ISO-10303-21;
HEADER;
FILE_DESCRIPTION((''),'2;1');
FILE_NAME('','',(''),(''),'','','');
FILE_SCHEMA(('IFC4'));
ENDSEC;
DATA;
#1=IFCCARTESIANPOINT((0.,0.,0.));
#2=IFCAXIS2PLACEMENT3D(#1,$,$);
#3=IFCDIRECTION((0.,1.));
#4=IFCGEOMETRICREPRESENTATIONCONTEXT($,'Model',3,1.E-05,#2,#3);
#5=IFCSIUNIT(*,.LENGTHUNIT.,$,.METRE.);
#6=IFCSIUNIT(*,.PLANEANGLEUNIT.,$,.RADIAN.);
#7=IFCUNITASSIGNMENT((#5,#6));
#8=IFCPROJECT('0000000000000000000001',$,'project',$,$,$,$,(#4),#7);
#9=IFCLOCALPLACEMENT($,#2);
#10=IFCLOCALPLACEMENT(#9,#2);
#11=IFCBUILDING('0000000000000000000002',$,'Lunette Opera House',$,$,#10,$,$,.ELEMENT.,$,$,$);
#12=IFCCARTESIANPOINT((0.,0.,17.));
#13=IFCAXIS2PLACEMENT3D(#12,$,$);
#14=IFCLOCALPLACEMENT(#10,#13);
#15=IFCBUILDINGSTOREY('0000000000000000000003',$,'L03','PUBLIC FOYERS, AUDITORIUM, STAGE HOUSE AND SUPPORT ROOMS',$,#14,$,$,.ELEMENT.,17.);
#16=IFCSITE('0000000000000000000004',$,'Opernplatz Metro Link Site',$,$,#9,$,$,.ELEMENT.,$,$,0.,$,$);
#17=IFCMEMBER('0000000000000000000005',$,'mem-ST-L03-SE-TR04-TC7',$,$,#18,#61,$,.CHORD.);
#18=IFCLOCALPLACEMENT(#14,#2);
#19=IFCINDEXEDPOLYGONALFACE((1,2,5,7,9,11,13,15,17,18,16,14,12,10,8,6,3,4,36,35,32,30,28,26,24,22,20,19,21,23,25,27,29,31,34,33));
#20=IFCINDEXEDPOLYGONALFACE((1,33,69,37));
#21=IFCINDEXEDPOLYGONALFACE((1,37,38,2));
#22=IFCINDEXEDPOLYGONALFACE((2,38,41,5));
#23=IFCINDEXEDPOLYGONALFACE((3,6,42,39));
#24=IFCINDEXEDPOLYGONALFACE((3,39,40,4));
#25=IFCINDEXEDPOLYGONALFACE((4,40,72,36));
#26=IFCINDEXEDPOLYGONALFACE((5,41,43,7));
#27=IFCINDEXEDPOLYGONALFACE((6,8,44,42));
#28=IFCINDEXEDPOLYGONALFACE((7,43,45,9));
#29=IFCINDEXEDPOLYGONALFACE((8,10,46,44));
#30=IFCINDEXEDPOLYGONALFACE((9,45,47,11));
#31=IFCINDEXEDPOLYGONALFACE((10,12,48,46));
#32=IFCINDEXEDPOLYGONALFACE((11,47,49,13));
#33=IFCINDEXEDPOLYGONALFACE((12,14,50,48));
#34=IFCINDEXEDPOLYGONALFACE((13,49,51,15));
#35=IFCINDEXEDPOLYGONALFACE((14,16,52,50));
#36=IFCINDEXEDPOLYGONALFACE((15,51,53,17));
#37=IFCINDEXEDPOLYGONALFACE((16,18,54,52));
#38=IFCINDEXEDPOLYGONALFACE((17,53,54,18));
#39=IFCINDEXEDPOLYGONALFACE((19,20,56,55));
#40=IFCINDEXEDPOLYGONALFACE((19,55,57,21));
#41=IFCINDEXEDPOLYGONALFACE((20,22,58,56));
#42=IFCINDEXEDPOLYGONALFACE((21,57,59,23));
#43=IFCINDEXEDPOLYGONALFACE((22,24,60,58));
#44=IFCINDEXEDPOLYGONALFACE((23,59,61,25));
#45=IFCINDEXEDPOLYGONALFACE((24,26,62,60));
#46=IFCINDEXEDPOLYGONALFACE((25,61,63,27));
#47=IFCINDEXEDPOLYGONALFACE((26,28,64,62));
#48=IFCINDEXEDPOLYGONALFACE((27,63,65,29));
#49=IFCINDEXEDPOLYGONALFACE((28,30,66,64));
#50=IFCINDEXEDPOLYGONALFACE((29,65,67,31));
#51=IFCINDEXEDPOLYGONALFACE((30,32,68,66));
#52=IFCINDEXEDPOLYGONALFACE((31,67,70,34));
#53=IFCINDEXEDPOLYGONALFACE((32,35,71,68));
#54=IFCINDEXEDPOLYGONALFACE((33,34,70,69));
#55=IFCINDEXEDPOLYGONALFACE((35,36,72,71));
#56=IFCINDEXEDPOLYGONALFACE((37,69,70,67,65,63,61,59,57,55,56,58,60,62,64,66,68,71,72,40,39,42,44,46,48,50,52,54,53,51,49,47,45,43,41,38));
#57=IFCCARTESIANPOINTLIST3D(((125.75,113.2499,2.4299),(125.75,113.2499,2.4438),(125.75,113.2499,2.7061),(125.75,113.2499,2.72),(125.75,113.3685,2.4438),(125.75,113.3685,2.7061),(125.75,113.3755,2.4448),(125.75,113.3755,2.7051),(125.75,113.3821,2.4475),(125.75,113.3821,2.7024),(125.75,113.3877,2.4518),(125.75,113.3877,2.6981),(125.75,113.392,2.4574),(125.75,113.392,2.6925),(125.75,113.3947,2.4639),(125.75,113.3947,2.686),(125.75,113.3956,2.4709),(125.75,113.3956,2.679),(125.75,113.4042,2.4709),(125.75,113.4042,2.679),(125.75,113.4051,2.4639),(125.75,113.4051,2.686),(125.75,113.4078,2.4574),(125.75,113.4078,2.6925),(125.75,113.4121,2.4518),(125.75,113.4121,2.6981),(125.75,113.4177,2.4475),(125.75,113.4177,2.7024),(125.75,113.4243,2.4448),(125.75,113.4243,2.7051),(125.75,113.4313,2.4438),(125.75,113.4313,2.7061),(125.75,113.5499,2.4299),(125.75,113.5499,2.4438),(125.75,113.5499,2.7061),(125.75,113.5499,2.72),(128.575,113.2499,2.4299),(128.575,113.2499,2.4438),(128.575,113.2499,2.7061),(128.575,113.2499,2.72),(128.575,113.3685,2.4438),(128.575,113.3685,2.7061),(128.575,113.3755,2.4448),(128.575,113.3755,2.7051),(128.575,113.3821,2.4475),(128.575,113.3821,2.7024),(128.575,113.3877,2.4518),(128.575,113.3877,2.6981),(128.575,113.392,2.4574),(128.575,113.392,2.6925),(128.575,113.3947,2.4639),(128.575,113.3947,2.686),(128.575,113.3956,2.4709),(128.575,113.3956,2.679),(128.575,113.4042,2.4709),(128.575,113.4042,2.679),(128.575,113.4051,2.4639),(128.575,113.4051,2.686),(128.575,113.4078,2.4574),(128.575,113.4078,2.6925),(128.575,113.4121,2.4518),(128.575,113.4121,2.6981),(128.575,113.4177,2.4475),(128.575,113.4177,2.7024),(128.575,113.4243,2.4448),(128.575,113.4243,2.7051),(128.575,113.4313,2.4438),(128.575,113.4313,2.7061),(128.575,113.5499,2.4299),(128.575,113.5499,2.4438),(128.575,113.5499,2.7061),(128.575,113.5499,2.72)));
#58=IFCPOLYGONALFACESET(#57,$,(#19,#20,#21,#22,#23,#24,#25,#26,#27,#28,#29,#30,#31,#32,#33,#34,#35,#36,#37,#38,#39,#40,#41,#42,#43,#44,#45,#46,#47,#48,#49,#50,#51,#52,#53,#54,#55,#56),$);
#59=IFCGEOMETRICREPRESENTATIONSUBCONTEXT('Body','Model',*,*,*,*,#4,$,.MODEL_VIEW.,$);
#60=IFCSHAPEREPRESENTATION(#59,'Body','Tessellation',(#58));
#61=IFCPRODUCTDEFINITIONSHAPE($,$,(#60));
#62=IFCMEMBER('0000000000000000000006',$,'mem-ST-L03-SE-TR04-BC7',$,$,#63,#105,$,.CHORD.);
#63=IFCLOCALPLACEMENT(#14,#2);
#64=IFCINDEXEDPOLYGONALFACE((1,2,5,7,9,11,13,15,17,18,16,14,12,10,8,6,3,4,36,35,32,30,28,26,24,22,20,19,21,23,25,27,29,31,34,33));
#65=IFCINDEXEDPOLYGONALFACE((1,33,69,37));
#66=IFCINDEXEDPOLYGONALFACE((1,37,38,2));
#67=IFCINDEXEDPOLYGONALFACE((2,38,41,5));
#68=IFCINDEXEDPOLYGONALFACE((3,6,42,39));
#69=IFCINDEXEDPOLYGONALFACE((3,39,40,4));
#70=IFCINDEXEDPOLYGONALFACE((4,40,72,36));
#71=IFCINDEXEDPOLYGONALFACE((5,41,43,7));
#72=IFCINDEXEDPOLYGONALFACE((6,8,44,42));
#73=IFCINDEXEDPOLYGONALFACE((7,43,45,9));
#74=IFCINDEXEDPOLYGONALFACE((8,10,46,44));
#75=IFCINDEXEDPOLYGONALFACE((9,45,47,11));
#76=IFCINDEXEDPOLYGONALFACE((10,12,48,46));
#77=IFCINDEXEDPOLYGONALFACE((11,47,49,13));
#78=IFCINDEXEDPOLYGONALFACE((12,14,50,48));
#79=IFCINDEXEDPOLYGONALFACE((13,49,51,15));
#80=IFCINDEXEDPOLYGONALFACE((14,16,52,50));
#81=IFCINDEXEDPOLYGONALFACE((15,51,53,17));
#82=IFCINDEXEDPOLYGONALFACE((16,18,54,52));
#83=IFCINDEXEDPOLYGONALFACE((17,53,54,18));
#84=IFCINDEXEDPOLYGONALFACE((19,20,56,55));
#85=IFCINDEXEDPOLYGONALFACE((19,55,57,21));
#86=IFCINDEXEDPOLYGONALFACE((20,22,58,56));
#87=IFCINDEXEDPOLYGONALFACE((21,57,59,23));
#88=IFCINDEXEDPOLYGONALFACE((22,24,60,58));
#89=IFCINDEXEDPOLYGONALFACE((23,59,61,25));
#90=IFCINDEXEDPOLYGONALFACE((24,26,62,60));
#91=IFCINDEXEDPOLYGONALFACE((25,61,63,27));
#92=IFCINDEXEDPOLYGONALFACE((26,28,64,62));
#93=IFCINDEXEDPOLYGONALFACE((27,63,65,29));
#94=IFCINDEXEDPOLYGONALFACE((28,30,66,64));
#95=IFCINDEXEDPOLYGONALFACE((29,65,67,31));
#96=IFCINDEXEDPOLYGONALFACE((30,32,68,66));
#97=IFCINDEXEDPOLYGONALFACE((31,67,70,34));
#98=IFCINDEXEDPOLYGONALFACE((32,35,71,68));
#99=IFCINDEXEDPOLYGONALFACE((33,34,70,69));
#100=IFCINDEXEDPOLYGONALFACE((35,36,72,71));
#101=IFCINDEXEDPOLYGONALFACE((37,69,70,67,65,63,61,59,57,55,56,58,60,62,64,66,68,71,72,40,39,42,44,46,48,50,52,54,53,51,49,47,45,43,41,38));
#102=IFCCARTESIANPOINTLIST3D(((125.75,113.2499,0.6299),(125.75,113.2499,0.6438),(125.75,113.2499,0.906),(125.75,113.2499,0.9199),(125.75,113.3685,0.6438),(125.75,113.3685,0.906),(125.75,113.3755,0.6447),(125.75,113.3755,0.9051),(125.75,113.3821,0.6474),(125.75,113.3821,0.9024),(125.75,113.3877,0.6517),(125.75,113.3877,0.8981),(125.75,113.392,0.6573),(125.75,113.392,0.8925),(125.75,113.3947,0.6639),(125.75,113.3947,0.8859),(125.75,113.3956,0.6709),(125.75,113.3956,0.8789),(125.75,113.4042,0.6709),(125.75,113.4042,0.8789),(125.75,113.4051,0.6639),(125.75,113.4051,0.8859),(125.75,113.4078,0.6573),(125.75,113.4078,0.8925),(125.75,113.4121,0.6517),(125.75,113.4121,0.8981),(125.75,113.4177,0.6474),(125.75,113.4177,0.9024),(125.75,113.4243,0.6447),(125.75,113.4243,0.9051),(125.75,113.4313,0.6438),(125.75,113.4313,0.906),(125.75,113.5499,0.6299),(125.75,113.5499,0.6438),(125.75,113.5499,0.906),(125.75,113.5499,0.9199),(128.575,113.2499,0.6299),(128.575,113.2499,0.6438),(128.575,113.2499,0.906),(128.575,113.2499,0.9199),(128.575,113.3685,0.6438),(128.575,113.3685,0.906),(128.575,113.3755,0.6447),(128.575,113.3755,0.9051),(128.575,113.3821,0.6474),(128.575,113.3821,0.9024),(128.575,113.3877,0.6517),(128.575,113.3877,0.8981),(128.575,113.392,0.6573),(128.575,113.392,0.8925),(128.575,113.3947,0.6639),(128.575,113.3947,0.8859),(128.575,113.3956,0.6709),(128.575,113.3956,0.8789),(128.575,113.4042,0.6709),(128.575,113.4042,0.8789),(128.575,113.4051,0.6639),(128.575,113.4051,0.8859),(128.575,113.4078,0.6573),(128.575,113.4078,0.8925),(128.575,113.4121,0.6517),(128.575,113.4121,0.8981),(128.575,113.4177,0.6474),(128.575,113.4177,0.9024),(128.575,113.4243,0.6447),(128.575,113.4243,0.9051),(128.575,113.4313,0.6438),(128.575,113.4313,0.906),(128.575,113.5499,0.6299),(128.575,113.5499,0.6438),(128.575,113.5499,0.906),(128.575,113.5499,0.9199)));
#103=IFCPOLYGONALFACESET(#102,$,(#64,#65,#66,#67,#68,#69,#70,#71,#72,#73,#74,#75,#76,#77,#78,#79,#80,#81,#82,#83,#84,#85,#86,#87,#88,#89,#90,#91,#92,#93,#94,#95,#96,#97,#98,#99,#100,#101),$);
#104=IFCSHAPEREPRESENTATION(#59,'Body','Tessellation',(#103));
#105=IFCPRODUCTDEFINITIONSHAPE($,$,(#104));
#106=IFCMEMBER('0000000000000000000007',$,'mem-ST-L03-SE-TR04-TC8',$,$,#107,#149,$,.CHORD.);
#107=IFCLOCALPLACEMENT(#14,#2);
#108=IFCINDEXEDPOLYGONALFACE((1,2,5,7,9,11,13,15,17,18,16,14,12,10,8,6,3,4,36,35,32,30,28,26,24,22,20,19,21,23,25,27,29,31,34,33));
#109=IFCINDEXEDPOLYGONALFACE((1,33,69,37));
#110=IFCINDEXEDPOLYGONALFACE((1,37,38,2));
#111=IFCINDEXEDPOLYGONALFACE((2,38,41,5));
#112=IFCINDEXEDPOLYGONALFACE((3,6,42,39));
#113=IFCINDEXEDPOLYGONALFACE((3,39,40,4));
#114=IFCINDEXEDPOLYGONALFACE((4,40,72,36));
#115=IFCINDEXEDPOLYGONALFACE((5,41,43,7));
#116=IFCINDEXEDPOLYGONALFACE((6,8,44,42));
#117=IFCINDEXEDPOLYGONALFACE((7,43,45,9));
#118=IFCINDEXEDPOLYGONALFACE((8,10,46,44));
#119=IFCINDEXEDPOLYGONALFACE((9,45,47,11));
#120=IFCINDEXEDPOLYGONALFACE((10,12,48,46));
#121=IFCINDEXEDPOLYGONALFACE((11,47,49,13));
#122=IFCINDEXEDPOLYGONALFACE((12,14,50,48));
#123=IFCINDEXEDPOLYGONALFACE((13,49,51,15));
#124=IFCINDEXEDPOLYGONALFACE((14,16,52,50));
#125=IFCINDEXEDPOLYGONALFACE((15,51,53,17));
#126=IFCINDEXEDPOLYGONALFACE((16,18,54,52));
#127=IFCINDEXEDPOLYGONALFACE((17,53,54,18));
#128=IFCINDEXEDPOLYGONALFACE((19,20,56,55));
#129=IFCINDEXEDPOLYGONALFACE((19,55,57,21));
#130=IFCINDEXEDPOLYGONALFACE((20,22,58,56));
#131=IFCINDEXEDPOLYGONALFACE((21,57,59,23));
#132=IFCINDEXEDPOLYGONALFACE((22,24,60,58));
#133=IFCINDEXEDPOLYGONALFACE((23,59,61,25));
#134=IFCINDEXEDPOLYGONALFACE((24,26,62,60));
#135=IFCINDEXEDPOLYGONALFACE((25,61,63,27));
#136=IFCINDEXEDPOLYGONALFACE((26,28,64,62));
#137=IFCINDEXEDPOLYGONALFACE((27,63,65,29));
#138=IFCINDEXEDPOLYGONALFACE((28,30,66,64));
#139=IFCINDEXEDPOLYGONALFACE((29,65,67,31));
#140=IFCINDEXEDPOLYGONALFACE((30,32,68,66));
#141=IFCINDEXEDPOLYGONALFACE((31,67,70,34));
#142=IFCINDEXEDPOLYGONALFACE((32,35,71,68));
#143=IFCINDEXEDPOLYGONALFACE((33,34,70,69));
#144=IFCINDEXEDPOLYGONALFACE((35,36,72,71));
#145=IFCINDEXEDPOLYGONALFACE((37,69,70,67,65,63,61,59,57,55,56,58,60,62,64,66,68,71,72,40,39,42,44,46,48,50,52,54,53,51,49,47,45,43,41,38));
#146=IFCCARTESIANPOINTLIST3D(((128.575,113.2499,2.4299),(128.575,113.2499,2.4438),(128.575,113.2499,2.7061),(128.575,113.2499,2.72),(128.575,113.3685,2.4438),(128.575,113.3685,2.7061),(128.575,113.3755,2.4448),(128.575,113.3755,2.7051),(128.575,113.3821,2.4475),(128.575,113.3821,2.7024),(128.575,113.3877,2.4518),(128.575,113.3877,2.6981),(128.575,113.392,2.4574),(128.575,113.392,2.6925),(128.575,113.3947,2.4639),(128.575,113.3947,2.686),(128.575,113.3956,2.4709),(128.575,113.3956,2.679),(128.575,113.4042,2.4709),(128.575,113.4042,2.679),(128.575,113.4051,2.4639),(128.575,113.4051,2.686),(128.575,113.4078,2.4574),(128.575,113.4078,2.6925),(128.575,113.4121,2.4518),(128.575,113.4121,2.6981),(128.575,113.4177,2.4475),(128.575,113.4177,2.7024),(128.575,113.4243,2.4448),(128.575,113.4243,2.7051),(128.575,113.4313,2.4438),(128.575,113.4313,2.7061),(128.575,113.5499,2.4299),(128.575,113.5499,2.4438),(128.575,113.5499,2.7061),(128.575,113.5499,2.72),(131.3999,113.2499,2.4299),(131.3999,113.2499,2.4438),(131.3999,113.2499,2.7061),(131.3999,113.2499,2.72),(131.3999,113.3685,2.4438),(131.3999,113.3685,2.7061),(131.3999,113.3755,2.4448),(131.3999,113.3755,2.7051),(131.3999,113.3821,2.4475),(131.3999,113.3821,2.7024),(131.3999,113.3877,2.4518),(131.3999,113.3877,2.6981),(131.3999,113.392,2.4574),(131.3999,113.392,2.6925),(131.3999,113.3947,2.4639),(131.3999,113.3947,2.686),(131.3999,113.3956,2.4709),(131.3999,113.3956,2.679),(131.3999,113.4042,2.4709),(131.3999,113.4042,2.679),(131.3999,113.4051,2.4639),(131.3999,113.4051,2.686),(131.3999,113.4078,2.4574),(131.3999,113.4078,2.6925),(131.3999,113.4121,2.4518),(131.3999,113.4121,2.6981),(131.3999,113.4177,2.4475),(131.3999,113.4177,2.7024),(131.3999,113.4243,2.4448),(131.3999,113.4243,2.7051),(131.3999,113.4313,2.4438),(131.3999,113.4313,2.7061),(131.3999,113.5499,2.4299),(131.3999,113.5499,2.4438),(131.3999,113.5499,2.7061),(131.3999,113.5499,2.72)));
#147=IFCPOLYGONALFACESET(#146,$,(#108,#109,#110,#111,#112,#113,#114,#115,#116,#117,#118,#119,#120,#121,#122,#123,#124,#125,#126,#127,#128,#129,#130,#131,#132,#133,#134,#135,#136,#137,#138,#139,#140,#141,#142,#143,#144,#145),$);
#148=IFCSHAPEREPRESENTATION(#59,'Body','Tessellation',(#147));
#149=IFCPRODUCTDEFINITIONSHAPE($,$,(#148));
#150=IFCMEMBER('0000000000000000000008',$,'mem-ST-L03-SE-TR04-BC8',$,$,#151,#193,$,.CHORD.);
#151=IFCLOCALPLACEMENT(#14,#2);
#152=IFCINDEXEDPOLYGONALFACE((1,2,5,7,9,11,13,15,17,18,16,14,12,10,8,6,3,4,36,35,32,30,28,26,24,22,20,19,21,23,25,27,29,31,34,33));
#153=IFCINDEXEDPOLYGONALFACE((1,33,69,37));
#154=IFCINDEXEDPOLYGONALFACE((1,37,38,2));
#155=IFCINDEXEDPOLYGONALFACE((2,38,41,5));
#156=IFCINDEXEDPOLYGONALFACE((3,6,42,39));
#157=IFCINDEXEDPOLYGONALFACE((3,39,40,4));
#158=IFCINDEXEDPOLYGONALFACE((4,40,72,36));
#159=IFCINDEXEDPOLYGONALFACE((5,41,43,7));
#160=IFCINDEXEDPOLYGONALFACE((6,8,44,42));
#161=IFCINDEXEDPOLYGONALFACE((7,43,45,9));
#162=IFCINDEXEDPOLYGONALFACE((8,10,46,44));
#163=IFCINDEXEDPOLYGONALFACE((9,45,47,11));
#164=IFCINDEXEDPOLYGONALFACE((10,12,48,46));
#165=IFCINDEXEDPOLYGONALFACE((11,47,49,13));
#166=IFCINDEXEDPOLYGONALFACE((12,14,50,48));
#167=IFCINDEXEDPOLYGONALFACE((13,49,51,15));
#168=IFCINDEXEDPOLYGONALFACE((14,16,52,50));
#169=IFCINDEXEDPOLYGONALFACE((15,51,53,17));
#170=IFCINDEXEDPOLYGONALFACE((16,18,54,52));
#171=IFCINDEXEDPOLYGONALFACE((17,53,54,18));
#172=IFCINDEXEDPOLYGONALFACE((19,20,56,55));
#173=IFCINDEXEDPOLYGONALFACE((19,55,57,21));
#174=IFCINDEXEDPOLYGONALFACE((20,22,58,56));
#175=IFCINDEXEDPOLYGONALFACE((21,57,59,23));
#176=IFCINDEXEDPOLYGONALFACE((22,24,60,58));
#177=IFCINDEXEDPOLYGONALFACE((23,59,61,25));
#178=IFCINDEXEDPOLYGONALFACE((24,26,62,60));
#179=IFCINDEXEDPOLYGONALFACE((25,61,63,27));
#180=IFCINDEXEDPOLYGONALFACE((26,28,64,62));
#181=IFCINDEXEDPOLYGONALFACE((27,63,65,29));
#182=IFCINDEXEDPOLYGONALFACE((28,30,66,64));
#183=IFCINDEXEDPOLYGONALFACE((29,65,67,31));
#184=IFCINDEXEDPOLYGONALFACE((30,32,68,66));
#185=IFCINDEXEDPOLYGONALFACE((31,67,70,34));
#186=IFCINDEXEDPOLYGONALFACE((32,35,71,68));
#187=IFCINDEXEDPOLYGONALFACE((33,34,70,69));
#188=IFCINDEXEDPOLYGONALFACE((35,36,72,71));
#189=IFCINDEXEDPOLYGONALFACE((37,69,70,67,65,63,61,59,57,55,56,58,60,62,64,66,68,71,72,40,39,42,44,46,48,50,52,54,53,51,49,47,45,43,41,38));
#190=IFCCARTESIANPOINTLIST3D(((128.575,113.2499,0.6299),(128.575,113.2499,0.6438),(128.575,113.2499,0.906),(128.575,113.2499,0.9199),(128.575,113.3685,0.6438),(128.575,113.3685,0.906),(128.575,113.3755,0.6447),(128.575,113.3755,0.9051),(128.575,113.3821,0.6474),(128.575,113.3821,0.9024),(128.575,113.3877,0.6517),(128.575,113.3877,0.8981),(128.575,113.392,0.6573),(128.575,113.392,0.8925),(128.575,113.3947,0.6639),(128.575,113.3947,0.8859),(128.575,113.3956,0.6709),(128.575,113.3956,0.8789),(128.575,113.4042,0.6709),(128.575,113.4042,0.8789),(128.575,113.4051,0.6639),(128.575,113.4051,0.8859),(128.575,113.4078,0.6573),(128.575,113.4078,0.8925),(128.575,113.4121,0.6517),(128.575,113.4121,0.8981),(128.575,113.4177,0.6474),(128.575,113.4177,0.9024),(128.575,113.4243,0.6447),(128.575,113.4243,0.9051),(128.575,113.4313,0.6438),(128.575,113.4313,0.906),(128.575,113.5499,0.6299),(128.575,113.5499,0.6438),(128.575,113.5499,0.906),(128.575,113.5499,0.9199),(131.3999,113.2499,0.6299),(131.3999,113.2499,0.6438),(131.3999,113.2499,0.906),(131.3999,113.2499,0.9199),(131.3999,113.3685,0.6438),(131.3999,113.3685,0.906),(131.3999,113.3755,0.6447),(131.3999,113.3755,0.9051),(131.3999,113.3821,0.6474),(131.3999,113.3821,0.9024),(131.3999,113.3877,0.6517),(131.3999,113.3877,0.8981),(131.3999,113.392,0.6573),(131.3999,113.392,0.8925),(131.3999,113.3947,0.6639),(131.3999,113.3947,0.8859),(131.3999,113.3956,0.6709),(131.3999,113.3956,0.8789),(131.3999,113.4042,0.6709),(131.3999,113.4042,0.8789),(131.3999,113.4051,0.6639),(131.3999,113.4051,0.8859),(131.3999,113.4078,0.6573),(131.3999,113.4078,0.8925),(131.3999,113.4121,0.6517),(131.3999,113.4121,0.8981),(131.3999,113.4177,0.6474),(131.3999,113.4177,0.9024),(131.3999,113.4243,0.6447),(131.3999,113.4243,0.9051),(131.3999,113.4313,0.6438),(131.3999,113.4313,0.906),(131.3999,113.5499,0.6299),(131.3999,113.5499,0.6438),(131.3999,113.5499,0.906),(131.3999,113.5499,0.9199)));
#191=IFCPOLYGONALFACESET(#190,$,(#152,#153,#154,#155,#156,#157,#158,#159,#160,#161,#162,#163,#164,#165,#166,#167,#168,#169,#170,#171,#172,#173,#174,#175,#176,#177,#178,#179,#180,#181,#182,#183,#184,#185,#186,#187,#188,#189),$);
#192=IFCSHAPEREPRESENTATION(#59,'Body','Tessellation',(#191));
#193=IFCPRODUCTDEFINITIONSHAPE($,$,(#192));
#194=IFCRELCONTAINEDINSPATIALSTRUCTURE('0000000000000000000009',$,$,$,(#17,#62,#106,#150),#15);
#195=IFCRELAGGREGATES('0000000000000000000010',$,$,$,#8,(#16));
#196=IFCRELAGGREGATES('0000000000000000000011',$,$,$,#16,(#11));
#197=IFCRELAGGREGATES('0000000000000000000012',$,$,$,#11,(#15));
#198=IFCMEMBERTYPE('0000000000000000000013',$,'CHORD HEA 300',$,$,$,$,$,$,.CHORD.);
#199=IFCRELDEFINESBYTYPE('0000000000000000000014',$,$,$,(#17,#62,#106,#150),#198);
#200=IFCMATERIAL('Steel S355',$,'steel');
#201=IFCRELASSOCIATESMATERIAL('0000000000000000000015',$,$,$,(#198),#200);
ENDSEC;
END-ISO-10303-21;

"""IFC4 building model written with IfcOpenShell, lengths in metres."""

from ifc_helpers import new_model, si_unit, direction, frame, origin, origin_2d, place, context, subcontext, project, spatial, i_section, extrude, material, material_profile, profile_set, type_object, element, save


model = new_model("IFC4")

# Units and contexts
model_context = context("Model", 3, precision=1e-05, world=origin(), true_north=direction((0.0, 1.0)))
body_context = subcontext(model_context, "Body", "Model", "MODEL_VIEW")
ifc_project = project(units=[si_unit("LENGTHUNIT", "METRE"), si_unit("PLANEANGLEUNIT", "RADIAN")], contexts=[model_context])

# Site, building, storey
site_placement = place(None, origin())
site = spatial("IfcSite", under=ifc_project, at=site_placement, Name="Opernplatz Metro Link Site", CompositionType="ELEMENT", RefElevation=0.0)
building_placement = place(site_placement, origin())
building = spatial("IfcBuilding", under=site, at=building_placement, Name="Lunette Opera House", CompositionType="ELEMENT")
storey_placement = place(building_placement, frame((0.0, 0.0, 17.0)))
storey = spatial("IfcBuildingStorey", under=building, at=storey_placement, Name="L03", Description="PUBLIC FOYERS, AUDITORIUM, STAGE HOUSE AND SUPPORT ROOMS", CompositionType="ELEMENT", Elevation=17.0)

# Members
ifc_material_1 = material(Name="Steel S355", Category="steel")
ifc_material_profile_1 = material_profile(ifc_material_1, i_section(OverallWidth=0.3, OverallDepth=0.29, WebThickness=0.0085, FlangeThickness=0.0139, FilletRadius=0.0271, at=origin_2d()), Name="HEA 300")
ifc_profile_set_1 = profile_set([ifc_material_profile_1], Name="Steel S355")
member_type_1 = type_object("IfcMemberType", Name="CHORD HEA 300", PredefinedType="CHORD", material=ifc_profile_set_1)
for number, where, z_axis, x_axis, name in (
    (1, (125.75, 113.3999, 2.575), (1.0, 0.0, 0.0), (0.0, 1.0, 0.0), "mem-ST-L03-SE-TR04-TC7"),
    (2, (125.75, 113.3999, 0.7749), (1.0, 0.0, 0.0), (0.0, 1.0, 0.0), "mem-ST-L03-SE-TR04-BC7"),
    (3, (128.575, 113.3999, 2.575), (1.0, 0.0, 0.0), (0.0, 1.0, 0.0), "mem-ST-L03-SE-TR04-TC8"),
    (4, (128.575, 113.3999, 0.7749), (1.0, 0.0, 0.0), (0.0, 1.0, 0.0), "mem-ST-L03-SE-TR04-BC8"),
):
    element("IfcMember", number, at=place(storey_placement, frame(where, z_axis=z_axis, x_axis=x_axis)), inside=storey, type_object=member_type_1, Name=name, PredefinedType="CHORD", context=body_context, shape_type="SweptSolid", body=[
        extrude(i_section(OverallWidth=0.3, OverallDepth=0.29, WebThickness=0.0085, FlangeThickness=0.0139, FilletRadius=0.0271, at=origin_2d()), origin(), (0.0, 0.0, 1.0), 2.825),
    ])

save(model, "model.ifc")
